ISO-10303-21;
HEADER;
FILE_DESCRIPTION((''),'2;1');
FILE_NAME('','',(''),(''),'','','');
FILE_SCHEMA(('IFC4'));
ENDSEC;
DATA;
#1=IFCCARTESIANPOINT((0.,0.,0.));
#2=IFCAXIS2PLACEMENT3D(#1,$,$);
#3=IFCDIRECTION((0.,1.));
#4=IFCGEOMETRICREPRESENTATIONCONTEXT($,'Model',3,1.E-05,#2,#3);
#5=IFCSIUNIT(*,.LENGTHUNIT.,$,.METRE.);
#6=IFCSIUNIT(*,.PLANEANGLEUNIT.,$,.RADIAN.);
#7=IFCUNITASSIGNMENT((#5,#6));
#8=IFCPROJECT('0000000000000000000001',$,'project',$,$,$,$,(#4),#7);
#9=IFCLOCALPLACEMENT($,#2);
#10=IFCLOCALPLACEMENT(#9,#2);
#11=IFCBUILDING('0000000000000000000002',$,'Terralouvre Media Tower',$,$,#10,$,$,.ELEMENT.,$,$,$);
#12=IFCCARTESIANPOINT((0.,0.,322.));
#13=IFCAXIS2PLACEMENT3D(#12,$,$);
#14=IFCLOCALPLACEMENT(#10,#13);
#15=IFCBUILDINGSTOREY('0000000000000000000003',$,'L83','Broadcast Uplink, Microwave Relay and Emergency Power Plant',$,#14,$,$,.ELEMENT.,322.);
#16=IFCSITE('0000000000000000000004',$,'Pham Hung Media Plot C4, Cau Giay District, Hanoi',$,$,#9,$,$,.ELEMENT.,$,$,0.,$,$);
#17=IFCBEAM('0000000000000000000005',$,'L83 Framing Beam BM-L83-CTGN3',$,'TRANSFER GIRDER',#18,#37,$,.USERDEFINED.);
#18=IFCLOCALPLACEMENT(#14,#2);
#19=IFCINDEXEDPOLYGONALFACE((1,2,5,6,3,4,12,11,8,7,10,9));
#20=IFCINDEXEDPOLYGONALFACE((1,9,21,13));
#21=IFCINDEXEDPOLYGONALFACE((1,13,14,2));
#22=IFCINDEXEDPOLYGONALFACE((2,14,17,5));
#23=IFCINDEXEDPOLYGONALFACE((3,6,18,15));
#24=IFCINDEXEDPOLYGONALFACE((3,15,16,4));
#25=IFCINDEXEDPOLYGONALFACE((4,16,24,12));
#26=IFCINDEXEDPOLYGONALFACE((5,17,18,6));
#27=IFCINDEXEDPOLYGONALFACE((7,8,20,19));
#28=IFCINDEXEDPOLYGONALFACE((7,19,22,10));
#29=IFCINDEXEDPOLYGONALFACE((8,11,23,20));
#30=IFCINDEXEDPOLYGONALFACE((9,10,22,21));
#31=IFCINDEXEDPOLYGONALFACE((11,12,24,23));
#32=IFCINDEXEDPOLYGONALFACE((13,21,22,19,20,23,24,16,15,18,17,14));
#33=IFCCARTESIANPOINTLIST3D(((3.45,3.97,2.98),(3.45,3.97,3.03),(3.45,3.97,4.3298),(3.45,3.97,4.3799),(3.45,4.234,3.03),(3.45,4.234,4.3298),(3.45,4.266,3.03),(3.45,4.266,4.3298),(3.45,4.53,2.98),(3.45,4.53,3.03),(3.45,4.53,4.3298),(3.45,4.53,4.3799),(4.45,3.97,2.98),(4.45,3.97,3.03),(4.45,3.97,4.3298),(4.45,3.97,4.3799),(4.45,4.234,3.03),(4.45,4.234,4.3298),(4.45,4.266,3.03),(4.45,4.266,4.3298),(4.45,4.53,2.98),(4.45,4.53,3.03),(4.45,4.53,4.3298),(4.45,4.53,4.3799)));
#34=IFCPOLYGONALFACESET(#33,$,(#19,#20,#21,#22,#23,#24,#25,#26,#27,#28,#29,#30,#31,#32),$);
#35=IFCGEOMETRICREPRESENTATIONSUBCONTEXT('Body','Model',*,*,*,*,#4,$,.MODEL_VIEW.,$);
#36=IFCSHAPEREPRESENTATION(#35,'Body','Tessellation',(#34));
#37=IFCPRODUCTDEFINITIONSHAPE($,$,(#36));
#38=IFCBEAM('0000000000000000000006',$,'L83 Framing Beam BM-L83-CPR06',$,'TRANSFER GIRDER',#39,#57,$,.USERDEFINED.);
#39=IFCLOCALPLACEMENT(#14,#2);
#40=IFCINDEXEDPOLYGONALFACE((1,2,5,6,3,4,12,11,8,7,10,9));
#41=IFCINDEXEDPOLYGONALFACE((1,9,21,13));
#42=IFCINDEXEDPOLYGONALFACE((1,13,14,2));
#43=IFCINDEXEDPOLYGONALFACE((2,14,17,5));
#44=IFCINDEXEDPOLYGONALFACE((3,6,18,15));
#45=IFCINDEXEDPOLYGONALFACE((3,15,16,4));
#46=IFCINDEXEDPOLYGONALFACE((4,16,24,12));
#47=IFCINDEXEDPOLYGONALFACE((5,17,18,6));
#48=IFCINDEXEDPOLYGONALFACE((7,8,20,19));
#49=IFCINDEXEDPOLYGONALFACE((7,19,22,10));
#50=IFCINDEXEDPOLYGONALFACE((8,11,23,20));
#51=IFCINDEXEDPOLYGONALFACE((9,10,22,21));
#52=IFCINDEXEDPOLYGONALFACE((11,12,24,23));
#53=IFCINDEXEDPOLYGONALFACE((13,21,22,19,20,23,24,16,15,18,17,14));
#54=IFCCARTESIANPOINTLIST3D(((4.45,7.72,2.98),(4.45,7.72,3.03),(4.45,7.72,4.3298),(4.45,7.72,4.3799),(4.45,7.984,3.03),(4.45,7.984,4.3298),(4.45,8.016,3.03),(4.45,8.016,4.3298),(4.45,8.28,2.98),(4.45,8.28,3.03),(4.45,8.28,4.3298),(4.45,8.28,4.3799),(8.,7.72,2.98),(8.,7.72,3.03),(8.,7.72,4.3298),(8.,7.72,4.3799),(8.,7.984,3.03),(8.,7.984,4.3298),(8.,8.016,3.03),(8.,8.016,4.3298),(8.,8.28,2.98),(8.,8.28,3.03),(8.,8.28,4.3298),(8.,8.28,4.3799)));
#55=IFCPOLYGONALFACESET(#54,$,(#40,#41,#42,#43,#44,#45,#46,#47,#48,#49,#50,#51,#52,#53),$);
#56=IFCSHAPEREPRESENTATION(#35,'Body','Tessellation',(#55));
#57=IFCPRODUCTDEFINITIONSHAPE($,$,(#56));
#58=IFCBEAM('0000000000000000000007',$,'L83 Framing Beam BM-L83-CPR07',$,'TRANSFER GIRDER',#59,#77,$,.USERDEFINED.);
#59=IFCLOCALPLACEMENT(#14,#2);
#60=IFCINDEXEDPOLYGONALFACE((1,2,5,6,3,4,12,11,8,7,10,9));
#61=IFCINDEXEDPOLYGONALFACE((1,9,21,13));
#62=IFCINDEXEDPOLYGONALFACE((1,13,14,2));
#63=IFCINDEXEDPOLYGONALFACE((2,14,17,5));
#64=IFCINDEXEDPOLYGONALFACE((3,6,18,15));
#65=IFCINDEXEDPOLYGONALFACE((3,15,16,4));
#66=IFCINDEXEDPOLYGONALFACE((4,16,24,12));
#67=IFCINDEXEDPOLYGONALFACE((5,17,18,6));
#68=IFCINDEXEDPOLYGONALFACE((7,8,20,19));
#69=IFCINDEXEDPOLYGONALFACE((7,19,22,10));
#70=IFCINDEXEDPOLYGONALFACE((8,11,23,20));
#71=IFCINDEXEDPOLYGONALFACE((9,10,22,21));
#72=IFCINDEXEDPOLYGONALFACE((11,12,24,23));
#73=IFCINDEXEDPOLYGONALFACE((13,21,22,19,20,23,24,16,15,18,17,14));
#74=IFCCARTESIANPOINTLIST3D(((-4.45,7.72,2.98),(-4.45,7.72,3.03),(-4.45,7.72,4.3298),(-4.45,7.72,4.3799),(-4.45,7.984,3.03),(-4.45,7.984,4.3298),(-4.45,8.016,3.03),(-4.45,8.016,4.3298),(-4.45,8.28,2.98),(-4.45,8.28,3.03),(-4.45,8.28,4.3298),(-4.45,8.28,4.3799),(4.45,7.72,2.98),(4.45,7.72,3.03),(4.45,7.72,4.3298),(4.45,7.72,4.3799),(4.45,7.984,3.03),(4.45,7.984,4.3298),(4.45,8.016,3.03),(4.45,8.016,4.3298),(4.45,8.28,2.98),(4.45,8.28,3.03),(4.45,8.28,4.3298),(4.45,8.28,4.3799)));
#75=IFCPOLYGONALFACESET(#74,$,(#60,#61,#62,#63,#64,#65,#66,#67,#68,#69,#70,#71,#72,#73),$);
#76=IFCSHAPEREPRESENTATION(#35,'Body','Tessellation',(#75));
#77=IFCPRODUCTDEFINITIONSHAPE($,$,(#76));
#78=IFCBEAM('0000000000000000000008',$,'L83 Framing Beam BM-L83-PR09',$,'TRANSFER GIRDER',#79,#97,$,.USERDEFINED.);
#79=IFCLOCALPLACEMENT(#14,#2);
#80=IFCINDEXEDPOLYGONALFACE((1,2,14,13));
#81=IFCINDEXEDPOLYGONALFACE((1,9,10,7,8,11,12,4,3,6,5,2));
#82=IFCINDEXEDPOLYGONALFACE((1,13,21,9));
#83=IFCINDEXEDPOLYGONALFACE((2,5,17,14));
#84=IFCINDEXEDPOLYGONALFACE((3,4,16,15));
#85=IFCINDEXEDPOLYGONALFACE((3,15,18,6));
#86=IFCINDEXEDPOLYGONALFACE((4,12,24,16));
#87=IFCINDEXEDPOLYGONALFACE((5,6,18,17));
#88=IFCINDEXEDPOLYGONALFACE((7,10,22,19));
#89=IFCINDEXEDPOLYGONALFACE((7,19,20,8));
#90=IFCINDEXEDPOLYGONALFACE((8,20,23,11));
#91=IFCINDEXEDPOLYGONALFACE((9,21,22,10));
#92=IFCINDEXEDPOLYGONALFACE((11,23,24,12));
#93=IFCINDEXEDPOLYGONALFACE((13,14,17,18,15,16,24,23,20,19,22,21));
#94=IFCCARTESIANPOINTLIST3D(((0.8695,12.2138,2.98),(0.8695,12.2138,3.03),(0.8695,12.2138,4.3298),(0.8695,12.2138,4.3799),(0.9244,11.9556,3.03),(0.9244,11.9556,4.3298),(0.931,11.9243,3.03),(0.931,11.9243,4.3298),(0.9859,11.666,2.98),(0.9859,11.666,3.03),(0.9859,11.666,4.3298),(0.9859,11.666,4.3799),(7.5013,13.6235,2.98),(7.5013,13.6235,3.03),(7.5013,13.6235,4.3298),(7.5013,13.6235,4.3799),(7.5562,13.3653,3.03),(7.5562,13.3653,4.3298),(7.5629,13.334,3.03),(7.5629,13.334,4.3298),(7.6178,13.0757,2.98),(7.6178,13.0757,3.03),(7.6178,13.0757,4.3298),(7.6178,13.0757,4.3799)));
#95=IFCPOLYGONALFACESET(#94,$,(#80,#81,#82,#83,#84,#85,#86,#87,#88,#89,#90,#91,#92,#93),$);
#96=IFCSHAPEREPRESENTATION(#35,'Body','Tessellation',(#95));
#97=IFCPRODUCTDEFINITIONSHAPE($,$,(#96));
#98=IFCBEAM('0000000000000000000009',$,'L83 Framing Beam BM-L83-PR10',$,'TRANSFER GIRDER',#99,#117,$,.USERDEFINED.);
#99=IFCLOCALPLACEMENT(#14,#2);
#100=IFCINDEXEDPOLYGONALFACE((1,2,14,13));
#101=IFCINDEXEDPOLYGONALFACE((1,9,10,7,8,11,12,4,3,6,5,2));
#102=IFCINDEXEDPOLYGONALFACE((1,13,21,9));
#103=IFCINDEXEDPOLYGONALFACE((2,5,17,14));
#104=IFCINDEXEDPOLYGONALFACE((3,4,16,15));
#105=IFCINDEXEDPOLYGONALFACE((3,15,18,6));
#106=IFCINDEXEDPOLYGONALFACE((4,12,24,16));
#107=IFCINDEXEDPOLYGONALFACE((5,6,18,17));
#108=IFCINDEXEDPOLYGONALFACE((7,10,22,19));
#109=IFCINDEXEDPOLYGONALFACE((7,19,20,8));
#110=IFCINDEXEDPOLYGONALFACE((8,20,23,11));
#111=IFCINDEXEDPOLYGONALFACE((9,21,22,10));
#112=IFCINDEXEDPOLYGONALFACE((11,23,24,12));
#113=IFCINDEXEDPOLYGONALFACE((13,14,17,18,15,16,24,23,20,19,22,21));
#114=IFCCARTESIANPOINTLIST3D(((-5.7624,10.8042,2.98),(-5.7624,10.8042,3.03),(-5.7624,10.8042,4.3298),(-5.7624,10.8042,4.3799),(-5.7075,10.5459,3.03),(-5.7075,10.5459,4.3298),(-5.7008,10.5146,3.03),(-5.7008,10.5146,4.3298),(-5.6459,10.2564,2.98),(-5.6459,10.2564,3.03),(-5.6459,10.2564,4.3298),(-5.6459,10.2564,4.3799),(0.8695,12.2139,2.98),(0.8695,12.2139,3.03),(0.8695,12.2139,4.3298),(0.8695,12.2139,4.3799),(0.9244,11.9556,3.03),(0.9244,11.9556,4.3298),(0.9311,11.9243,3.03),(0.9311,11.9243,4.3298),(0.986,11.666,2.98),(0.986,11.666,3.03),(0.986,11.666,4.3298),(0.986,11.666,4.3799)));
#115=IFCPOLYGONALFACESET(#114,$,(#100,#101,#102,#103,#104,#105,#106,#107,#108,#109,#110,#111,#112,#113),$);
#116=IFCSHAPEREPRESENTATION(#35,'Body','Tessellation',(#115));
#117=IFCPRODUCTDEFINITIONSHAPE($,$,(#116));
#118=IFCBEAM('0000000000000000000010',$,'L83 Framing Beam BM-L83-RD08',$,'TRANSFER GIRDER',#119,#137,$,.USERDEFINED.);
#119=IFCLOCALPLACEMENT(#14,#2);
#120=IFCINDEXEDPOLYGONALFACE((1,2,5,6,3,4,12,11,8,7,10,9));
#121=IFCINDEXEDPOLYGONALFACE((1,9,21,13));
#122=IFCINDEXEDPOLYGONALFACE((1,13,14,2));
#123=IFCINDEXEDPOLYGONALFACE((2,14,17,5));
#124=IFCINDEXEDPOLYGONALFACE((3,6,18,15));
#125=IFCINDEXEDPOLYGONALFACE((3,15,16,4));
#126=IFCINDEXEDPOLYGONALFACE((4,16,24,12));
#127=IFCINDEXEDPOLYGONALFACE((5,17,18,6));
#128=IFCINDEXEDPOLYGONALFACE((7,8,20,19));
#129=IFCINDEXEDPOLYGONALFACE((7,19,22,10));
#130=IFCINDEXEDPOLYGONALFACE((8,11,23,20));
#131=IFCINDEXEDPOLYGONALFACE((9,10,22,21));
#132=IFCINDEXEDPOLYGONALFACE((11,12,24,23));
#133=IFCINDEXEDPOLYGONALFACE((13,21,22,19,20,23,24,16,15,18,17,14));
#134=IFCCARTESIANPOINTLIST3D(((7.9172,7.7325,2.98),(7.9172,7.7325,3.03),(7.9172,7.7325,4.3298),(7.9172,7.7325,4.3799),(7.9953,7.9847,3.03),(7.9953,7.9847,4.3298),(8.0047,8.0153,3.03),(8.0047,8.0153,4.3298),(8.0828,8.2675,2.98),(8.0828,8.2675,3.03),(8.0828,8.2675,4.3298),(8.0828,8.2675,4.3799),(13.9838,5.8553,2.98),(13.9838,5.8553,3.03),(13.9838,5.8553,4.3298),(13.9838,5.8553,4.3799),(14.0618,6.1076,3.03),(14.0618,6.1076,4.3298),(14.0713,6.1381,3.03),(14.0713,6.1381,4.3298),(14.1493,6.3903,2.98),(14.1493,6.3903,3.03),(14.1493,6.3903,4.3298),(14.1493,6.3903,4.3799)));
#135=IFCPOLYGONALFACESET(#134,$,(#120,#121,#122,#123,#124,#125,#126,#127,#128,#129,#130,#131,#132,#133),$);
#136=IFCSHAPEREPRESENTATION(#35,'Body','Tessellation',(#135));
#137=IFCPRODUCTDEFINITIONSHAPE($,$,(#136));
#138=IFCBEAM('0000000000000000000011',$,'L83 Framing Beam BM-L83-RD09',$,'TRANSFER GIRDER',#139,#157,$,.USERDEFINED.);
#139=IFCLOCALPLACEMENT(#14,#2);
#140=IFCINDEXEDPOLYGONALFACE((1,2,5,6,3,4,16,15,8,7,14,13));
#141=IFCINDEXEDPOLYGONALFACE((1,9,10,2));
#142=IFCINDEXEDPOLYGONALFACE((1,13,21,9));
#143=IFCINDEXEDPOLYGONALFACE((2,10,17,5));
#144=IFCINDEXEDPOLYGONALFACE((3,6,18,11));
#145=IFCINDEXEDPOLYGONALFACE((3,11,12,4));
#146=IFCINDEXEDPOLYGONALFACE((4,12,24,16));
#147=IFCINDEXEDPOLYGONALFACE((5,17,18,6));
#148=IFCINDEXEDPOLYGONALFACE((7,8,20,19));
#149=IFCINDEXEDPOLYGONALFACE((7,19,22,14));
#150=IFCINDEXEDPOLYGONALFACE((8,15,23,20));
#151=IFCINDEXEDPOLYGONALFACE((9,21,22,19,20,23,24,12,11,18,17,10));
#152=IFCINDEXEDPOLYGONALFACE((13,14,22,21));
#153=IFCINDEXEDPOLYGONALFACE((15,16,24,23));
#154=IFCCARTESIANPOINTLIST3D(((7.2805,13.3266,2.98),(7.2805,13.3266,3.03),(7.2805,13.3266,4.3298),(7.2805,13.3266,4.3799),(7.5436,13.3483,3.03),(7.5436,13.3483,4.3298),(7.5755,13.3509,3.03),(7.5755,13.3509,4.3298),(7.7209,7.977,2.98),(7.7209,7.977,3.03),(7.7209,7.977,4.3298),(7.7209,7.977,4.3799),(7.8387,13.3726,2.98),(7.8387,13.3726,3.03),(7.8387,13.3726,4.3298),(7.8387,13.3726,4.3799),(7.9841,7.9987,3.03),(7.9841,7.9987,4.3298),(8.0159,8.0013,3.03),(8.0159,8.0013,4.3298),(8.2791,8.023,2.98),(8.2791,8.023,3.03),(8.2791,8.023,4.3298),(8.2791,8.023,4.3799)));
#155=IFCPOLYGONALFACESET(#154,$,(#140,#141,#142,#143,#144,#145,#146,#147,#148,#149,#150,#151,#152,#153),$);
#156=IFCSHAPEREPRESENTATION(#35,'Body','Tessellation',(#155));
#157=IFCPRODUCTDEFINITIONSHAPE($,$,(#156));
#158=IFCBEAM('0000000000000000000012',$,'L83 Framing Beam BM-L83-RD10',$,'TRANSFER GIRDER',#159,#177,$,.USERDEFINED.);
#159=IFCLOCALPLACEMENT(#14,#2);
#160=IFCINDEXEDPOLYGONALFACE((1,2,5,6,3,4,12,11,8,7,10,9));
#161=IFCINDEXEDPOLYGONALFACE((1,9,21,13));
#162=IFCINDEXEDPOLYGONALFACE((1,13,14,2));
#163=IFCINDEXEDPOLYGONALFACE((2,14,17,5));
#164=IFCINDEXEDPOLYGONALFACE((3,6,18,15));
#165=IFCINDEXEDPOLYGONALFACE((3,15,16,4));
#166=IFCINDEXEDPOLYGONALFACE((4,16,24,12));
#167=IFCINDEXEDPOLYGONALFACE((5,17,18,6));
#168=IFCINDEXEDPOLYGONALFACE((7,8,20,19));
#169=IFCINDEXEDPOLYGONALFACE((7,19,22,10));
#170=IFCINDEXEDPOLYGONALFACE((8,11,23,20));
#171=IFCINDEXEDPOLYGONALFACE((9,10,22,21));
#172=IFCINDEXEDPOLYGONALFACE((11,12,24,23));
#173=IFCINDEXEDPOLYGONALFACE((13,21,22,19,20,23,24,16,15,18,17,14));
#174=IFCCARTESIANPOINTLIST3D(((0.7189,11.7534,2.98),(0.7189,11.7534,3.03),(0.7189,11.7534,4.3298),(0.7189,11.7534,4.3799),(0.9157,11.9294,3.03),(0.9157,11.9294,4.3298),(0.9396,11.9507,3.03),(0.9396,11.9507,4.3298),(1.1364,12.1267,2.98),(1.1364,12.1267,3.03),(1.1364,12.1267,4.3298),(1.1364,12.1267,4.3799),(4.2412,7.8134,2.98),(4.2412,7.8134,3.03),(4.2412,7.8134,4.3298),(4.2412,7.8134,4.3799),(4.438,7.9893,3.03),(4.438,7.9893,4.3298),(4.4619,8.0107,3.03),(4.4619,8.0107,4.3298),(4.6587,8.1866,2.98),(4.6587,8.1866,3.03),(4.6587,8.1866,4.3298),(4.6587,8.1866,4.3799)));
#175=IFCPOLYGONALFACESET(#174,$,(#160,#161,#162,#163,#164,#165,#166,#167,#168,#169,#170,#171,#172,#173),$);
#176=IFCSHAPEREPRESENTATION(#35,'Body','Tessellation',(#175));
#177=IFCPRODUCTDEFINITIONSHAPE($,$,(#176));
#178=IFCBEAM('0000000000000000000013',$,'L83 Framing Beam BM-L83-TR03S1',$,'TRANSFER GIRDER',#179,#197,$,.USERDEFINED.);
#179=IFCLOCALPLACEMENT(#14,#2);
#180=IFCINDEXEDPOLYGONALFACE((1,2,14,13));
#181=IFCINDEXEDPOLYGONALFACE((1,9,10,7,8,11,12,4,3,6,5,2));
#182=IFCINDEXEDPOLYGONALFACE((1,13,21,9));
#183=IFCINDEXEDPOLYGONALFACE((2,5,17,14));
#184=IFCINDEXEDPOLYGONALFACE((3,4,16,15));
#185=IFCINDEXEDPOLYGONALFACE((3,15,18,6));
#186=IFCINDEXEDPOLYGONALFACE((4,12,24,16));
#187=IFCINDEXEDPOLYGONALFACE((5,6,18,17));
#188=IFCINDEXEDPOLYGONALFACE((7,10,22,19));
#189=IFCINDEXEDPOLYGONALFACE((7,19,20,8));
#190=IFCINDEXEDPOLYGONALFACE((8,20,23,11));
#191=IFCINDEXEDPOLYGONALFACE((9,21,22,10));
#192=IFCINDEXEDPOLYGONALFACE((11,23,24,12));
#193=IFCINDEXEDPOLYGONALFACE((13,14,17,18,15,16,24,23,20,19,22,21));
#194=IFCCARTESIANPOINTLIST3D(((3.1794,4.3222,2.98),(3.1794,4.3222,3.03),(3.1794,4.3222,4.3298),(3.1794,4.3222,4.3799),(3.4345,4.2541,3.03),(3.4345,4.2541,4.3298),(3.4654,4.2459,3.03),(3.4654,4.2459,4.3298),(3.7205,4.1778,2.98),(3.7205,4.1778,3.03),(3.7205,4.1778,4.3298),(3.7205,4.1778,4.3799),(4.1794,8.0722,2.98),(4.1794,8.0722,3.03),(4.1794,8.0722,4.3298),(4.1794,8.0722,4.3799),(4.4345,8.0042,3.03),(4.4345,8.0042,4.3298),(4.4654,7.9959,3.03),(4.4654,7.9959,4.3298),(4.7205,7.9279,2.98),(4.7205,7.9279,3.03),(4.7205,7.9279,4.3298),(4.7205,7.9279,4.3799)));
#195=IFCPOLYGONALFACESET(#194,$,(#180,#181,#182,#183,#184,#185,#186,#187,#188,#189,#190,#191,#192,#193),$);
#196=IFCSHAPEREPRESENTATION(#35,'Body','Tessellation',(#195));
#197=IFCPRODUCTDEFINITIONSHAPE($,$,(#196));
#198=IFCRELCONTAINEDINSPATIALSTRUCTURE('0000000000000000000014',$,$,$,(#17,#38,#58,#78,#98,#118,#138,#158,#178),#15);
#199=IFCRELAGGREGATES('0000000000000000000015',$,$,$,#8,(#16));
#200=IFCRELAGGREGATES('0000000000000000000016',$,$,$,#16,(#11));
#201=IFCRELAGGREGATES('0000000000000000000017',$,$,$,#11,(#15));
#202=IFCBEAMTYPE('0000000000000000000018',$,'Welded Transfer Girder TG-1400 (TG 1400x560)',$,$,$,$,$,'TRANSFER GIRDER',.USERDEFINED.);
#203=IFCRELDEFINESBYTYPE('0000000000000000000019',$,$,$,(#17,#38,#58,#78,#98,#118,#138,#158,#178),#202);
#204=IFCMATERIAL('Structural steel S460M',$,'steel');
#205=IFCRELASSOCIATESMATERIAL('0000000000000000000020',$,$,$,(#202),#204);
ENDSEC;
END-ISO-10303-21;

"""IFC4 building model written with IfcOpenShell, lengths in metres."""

from ifc_helpers import new_model, si_unit, direction, frame, origin, origin_2d, place, context, subcontext, project, spatial, i_section, extrude, material, material_profile, profile_set, type_object, element, save


model = new_model("IFC4")

# Units and contexts
model_context = context("Model", 3, precision=1e-05, world=origin(), true_north=direction((0.0, 1.0)))
body_context = subcontext(model_context, "Body", "Model", "MODEL_VIEW")
ifc_project = project(units=[si_unit("LENGTHUNIT", "METRE"), si_unit("PLANEANGLEUNIT", "RADIAN")], contexts=[model_context])

# Site, building, storey
site_placement = place(None, origin())
site = spatial("IfcSite", under=ifc_project, at=site_placement, Name="Pham Hung Media Plot C4, Cau Giay District, Hanoi", CompositionType="ELEMENT", RefElevation=0.0)
building_placement = place(site_placement, origin())
building = spatial("IfcBuilding", under=site, at=building_placement, Name="Terralouvre Media Tower", CompositionType="ELEMENT")
storey_placement = place(building_placement, frame((0.0, 0.0, 322.0)))
storey = spatial("IfcBuildingStorey", under=building, at=storey_placement, Name="L83", Description="Broadcast Uplink, Microwave Relay and Emergency Power Plant", CompositionType="ELEMENT", Elevation=322.0)

# Beams
ifc_material_1 = material(Name="Structural steel S460M", Category="steel")
ifc_material_profile_1 = material_profile(ifc_material_1, i_section(OverallWidth=0.5601, OverallDepth=1.3999, WebThickness=0.032, FlangeThickness=0.05, at=origin_2d()), Name="TG 1400x560")
ifc_profile_set_1 = profile_set([ifc_material_profile_1], Name="Structural steel S460M")
beam_type_1 = type_object("IfcBeamType", Name="Welded Transfer Girder TG-1400 (TG 1400x560)", ElementType="TRANSFER GIRDER", PredefinedType="USERDEFINED", material=ifc_profile_set_1)
beam_1_placement = place(storey_placement, frame((3.45, 4.25, 3.6799), z_axis=(1.0, 0.0, 0.0), x_axis=(0.0, 1.0, 0.0)))
element("IfcBeam", 1, at=beam_1_placement, inside=storey, type_object=beam_type_1, Name="L83 Framing Beam BM-L83-CTGN3", ObjectType="TRANSFER GIRDER", PredefinedType="USERDEFINED", context=body_context, shape_type="SweptSolid", body=[
    extrude(i_section(OverallWidth=0.5601, OverallDepth=1.3999, WebThickness=0.032, FlangeThickness=0.05, at=origin_2d()), origin(), (0.0, 0.0, 1.0), 1.0),
])
beam_2_placement = place(storey_placement, frame((8.0, 8.0, 3.6799), z_axis=(-1.0, 0.0, 0.0), x_axis=(0.0, -1.0, 0.0)))
element("IfcBeam", 2, at=beam_2_placement, inside=storey, type_object=beam_type_1, Name="L83 Framing Beam BM-L83-CPR06", ObjectType="TRANSFER GIRDER", PredefinedType="USERDEFINED", context=body_context, shape_type="SweptSolid", body=[
    extrude(i_section(OverallWidth=0.5601, OverallDepth=1.3999, WebThickness=0.032, FlangeThickness=0.05, at=origin_2d()), origin(), (0.0, 0.0, 1.0), 3.55),
])
beam_3_placement = place(storey_placement, frame((4.45, 8.0, 3.6799), z_axis=(-1.0, 0.0, 0.0), x_axis=(0.0, -1.0, 0.0)))
element("IfcBeam", 3, at=beam_3_placement, inside=storey, type_object=beam_type_1, Name="L83 Framing Beam BM-L83-CPR07", ObjectType="TRANSFER GIRDER", PredefinedType="USERDEFINED", context=body_context, shape_type="SweptSolid", body=[
    extrude(i_section(OverallWidth=0.5601, OverallDepth=1.3999, WebThickness=0.032, FlangeThickness=0.05, at=origin_2d()), origin(), (0.0, 0.0, 1.0), 8.8999),
])
for number, where, z_axis, x_axis, name in (
    (4, (7.5596, 13.3496, 3.6799), (-0.978147, -0.207916, 0.0), (0.207916, -0.978147, 0.0), "L83 Framing Beam BM-L83-PR09"),
    (5, (0.9277, 11.9399, 3.6799), (-0.978147, -0.207916, 0.0), (0.207916, -0.978147, 0.0), "L83 Framing Beam BM-L83-PR10"),
):
    element("IfcBeam", number, at=place(storey_placement, frame(where, z_axis=z_axis, x_axis=x_axis)), inside=storey, type_object=beam_type_1, Name=name, ObjectType="TRANSFER GIRDER", PredefinedType="USERDEFINED", context=body_context, shape_type="SweptSolid", body=[
        extrude(i_section(OverallWidth=0.5601, OverallDepth=1.3999, WebThickness=0.032, FlangeThickness=0.05, at=origin_2d()), origin(), (0.0, 0.0, 1.0), 6.78),
    ])
beam_4_placement = place(storey_placement, frame((8.0, 8.0, 3.6799), z_axis=(0.955311, -0.295601, 0.0), x_axis=(0.295601, 0.955311, 0.0)))
element("IfcBeam", 6, at=beam_4_placement, inside=storey, type_object=beam_type_1, Name="L83 Framing Beam BM-L83-RD08", ObjectType="TRANSFER GIRDER", PredefinedType="USERDEFINED", context=body_context, shape_type="SweptSolid", body=[
    extrude(i_section(OverallWidth=0.5601, OverallDepth=1.3999, WebThickness=0.032, FlangeThickness=0.05, at=origin_2d()), origin(), (0.0, 0.0, 1.0), 6.3503),
])
beam_5_placement = place(storey_placement, frame((8.0, 8.0, 3.6799), z_axis=(-0.082052, 0.996628, 0.0), x_axis=(-0.996628, -0.082052, 0.0)))
element("IfcBeam", 7, at=beam_5_placement, inside=storey, type_object=beam_type_1, Name="L83 Framing Beam BM-L83-RD09", ObjectType="TRANSFER GIRDER", PredefinedType="USERDEFINED", context=body_context, shape_type="SweptSolid", body=[
    extrude(i_section(OverallWidth=0.5601, OverallDepth=1.3999, WebThickness=0.032, FlangeThickness=0.05, at=origin_2d()), origin(), (0.0, 0.0, 1.0), 5.3677),
])
beam_6_placement = place(storey_placement, frame((4.45, 8.0, 3.6799), z_axis=(-0.66648, 0.745523, 0.0), x_axis=(-0.745523, -0.66648, 0.0)))
element("IfcBeam", 8, at=beam_6_placement, inside=storey, type_object=beam_type_1, Name="L83 Framing Beam BM-L83-RD10", ObjectType="TRANSFER GIRDER", PredefinedType="USERDEFINED", context=body_context, shape_type="SweptSolid", body=[
    extrude(i_section(OverallWidth=0.5601, OverallDepth=1.3999, WebThickness=0.032, FlangeThickness=0.05, at=origin_2d()), origin(), (0.0, 0.0, 1.0), 5.2849),
])
beam_7_placement = place(storey_placement, frame((3.45, 4.25, 3.6799), z_axis=(0.257663, 0.966235, 0.0), x_axis=(-0.966235, 0.257663, 0.0)))
element("IfcBeam", 9, at=beam_7_placement, inside=storey, type_object=beam_type_1, Name="L83 Framing Beam BM-L83-TR03S1", ObjectType="TRANSFER GIRDER", PredefinedType="USERDEFINED", context=body_context, shape_type="SweptSolid", body=[
    extrude(i_section(OverallWidth=0.5601, OverallDepth=1.3999, WebThickness=0.032, FlangeThickness=0.05, at=origin_2d()), origin(), (0.0, 0.0, 1.0), 3.8811),
])

save(model, "model.ifc")
